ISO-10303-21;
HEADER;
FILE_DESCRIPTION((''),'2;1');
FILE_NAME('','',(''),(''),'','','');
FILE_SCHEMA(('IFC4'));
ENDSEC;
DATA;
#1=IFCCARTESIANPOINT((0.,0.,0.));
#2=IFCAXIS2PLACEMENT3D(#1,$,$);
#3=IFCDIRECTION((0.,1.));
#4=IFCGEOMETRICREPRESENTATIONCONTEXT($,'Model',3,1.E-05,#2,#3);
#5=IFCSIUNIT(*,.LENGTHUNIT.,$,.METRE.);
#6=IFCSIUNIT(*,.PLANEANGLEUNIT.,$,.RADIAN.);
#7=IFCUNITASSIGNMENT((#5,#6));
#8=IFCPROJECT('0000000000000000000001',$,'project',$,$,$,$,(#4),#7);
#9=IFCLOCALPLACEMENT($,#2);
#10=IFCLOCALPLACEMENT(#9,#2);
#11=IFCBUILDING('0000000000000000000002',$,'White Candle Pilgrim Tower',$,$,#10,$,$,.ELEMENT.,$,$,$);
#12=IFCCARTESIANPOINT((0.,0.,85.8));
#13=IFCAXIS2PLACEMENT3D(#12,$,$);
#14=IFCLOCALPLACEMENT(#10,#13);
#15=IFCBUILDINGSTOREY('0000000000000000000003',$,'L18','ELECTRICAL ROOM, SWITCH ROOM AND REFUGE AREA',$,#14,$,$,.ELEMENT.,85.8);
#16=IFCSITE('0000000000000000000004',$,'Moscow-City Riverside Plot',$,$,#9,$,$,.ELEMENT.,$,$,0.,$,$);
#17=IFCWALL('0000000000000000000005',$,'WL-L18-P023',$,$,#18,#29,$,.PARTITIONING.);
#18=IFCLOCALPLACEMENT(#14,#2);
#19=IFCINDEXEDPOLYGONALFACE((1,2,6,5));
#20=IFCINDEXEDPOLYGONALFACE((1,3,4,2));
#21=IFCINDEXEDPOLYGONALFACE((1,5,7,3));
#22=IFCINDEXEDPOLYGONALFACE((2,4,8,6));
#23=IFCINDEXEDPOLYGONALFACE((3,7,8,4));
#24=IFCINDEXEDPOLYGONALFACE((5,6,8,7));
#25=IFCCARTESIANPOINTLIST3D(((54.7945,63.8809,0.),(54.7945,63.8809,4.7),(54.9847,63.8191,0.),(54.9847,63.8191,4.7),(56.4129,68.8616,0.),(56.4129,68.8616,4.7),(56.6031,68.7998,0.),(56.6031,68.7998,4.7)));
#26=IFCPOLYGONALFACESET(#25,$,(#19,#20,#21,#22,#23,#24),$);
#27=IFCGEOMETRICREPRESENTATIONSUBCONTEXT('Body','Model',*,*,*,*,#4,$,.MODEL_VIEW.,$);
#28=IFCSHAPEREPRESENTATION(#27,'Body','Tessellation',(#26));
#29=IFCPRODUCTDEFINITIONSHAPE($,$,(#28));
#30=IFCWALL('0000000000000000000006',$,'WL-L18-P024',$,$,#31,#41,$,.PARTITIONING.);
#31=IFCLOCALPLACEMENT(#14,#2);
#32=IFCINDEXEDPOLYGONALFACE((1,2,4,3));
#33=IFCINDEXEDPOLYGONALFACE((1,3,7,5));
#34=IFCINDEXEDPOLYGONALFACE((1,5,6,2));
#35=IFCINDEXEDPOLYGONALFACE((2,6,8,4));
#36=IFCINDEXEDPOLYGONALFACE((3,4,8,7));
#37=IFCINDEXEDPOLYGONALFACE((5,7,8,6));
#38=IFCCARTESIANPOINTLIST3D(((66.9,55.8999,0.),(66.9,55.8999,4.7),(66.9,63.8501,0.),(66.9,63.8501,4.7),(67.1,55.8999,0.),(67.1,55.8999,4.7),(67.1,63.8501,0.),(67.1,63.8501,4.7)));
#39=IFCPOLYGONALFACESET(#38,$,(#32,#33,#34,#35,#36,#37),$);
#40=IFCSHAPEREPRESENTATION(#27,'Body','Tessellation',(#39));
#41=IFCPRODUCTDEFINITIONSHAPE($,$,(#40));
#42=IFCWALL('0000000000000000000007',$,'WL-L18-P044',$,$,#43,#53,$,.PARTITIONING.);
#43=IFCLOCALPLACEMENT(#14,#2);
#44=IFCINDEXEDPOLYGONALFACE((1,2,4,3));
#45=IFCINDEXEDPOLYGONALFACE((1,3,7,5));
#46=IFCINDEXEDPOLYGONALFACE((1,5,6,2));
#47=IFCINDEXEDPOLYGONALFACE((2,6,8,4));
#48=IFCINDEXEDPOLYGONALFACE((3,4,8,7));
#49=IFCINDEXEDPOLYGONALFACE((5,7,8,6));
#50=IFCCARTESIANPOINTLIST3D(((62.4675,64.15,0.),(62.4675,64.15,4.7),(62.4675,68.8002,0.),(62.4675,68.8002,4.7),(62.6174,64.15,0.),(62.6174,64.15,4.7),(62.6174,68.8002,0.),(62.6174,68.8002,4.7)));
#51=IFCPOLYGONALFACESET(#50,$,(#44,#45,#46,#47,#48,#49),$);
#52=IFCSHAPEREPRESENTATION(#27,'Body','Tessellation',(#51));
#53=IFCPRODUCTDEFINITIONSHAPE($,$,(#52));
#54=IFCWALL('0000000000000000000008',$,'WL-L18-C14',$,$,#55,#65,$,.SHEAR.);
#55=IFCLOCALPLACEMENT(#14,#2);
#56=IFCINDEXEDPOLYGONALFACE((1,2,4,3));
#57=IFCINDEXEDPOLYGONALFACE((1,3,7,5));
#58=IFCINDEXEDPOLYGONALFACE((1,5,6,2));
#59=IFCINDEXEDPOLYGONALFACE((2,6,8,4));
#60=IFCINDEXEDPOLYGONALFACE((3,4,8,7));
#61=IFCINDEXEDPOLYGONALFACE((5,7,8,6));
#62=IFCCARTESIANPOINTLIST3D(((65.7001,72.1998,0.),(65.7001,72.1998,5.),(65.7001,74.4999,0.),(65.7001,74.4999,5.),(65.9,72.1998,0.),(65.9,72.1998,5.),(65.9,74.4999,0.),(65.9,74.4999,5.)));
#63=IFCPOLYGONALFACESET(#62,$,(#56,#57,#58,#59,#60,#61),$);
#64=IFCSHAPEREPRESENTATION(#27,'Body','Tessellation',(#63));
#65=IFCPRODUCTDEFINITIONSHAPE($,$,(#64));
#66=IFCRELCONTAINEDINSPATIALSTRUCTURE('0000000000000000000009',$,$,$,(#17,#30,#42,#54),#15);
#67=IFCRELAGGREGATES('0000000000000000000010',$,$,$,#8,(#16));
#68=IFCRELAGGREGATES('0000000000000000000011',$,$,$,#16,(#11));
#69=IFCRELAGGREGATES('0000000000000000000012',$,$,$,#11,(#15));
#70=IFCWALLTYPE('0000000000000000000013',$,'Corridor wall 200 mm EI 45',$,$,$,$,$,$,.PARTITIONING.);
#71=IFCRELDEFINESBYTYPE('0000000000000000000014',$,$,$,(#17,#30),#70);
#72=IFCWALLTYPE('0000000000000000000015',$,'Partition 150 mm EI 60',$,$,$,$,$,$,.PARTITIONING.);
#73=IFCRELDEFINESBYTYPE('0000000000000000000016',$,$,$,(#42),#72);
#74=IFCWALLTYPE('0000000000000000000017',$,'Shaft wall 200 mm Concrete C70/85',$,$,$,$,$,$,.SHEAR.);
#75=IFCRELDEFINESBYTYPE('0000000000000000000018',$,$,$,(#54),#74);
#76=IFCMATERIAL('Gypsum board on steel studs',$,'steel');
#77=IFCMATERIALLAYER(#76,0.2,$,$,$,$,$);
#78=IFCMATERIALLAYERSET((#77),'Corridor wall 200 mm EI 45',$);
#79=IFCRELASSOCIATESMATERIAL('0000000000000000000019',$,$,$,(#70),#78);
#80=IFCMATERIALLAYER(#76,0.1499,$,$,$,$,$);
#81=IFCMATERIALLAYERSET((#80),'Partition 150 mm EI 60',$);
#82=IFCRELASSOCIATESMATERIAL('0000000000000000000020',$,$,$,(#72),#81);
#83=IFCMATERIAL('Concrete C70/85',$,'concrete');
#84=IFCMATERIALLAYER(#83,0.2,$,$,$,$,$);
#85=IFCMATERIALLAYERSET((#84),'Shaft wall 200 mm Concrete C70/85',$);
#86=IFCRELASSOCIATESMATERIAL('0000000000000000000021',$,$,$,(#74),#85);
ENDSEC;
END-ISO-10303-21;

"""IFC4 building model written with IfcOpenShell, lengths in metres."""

from ifc_helpers import new_model, si_unit, direction, frame, frame_2d, origin, place, context, subcontext, project, spatial, rectangle, extrude, material, layer, layer_set, type_object, element, save


model = new_model("IFC4")

# Units and contexts
model_context = context("Model", 3, precision=1e-05, world=origin(), true_north=direction((0.0, 1.0)))
body_context = subcontext(model_context, "Body", "Model", "MODEL_VIEW")
ifc_project = project(units=[si_unit("LENGTHUNIT", "METRE"), si_unit("PLANEANGLEUNIT", "RADIAN")], contexts=[model_context])

# Site, building, storey
site_placement = place(None, origin())
site = spatial("IfcSite", under=ifc_project, at=site_placement, Name="Moscow-City Riverside Plot", CompositionType="ELEMENT", RefElevation=0.0)
building_placement = place(site_placement, origin())
building = spatial("IfcBuilding", under=site, at=building_placement, Name="White Candle Pilgrim Tower", CompositionType="ELEMENT")
storey_placement = place(building_placement, frame((0.0, 0.0, 85.8)))
storey = spatial("IfcBuildingStorey", under=building, at=storey_placement, Name="L18", Description="ELECTRICAL ROOM, SWITCH ROOM AND REFUGE AREA", CompositionType="ELEMENT", Elevation=85.8)

# Walls
ifc_material_1 = material(Name="Gypsum board on steel studs", Category="steel")
ifc_layer_1 = layer(ifc_material_1, 0.2)
ifc_layer_set_1 = layer_set([ifc_layer_1], Name="Corridor wall 200 mm EI 45")
wall_type_1 = type_object("IfcWallType", Name="Corridor wall 200 mm EI 45", PredefinedType="PARTITIONING", material=ifc_layer_set_1)
wall_1_placement = place(storey_placement, frame((56.5081, 68.8308, 0.0), z_axis=(0.0, 0.0, 1.0), x_axis=(-0.30903, -0.951052, 0.0)))
element("IfcWall", 1, at=wall_1_placement, inside=storey, type_object=wall_type_1, Name="WL-L18-P023", PredefinedType="PARTITIONING", context=body_context, shape_type="SweptSolid", body=[
    extrude(rectangle(XDim=5.2371, YDim=0.2, at=frame_2d((2.6187, 0.0))), origin(), (0.0, 0.0, 1.0), 4.7),
])
wall_2_placement = place(storey_placement, frame((67.0, 63.8501, 0.0), z_axis=(0.0, 0.0, 1.0), x_axis=(0.0, -1.0, 0.0)))
element("IfcWall", 2, at=wall_2_placement, inside=storey, type_object=wall_type_1, Name="WL-L18-P024", PredefinedType="PARTITIONING", context=body_context, shape_type="SweptSolid", body=[
    extrude(rectangle(XDim=7.9502, YDim=0.2, at=frame_2d((3.9751, 0.0))), origin(), (0.0, 0.0, 1.0), 4.7),
])
ifc_layer_2 = layer(ifc_material_1, 0.1499)
ifc_layer_set_2 = layer_set([ifc_layer_2], Name="Partition 150 mm EI 60")
wall_type_2 = type_object("IfcWallType", Name="Partition 150 mm EI 60", PredefinedType="PARTITIONING", material=ifc_layer_set_2)
wall_3_placement = place(storey_placement, frame((62.5425, 64.1499, 0.0), z_axis=(0.0, 0.0, 1.0), x_axis=(0.0, 1.0, 0.0)))
element("IfcWall", 3, at=wall_3_placement, inside=storey, type_object=wall_type_2, Name="WL-L18-P044", PredefinedType="PARTITIONING", context=body_context, shape_type="SweptSolid", body=[
    extrude(rectangle(XDim=4.6501, YDim=0.1499, at=frame_2d((2.3252, 0.0))), origin(), (0.0, 0.0, 1.0), 4.7),
])
ifc_material_2 = material(Name="Concrete C70/85", Category="concrete")
ifc_layer_3 = layer(ifc_material_2, 0.2)
ifc_layer_set_3 = layer_set([ifc_layer_3], Name="Shaft wall 200 mm Concrete C70/85")
wall_type_3 = type_object("IfcWallType", Name="Shaft wall 200 mm Concrete C70/85", PredefinedType="SHEAR", material=ifc_layer_set_3)
wall_4_placement = place(storey_placement, frame((65.8, 72.2, 0.0), z_axis=(0.0, 0.0, 1.0), x_axis=(0.0, 1.0, 0.0)))
element("IfcWall", 4, at=wall_4_placement, inside=storey, type_object=wall_type_3, Name="WL-L18-C14", PredefinedType="SHEAR", context=body_context, shape_type="SweptSolid", body=[
    extrude(rectangle(XDim=2.3, YDim=0.2, at=frame_2d((1.1499, 0.0))), origin(), (0.0, 0.0, 1.0), 5.0),
])

save(model, "model.ifc")
